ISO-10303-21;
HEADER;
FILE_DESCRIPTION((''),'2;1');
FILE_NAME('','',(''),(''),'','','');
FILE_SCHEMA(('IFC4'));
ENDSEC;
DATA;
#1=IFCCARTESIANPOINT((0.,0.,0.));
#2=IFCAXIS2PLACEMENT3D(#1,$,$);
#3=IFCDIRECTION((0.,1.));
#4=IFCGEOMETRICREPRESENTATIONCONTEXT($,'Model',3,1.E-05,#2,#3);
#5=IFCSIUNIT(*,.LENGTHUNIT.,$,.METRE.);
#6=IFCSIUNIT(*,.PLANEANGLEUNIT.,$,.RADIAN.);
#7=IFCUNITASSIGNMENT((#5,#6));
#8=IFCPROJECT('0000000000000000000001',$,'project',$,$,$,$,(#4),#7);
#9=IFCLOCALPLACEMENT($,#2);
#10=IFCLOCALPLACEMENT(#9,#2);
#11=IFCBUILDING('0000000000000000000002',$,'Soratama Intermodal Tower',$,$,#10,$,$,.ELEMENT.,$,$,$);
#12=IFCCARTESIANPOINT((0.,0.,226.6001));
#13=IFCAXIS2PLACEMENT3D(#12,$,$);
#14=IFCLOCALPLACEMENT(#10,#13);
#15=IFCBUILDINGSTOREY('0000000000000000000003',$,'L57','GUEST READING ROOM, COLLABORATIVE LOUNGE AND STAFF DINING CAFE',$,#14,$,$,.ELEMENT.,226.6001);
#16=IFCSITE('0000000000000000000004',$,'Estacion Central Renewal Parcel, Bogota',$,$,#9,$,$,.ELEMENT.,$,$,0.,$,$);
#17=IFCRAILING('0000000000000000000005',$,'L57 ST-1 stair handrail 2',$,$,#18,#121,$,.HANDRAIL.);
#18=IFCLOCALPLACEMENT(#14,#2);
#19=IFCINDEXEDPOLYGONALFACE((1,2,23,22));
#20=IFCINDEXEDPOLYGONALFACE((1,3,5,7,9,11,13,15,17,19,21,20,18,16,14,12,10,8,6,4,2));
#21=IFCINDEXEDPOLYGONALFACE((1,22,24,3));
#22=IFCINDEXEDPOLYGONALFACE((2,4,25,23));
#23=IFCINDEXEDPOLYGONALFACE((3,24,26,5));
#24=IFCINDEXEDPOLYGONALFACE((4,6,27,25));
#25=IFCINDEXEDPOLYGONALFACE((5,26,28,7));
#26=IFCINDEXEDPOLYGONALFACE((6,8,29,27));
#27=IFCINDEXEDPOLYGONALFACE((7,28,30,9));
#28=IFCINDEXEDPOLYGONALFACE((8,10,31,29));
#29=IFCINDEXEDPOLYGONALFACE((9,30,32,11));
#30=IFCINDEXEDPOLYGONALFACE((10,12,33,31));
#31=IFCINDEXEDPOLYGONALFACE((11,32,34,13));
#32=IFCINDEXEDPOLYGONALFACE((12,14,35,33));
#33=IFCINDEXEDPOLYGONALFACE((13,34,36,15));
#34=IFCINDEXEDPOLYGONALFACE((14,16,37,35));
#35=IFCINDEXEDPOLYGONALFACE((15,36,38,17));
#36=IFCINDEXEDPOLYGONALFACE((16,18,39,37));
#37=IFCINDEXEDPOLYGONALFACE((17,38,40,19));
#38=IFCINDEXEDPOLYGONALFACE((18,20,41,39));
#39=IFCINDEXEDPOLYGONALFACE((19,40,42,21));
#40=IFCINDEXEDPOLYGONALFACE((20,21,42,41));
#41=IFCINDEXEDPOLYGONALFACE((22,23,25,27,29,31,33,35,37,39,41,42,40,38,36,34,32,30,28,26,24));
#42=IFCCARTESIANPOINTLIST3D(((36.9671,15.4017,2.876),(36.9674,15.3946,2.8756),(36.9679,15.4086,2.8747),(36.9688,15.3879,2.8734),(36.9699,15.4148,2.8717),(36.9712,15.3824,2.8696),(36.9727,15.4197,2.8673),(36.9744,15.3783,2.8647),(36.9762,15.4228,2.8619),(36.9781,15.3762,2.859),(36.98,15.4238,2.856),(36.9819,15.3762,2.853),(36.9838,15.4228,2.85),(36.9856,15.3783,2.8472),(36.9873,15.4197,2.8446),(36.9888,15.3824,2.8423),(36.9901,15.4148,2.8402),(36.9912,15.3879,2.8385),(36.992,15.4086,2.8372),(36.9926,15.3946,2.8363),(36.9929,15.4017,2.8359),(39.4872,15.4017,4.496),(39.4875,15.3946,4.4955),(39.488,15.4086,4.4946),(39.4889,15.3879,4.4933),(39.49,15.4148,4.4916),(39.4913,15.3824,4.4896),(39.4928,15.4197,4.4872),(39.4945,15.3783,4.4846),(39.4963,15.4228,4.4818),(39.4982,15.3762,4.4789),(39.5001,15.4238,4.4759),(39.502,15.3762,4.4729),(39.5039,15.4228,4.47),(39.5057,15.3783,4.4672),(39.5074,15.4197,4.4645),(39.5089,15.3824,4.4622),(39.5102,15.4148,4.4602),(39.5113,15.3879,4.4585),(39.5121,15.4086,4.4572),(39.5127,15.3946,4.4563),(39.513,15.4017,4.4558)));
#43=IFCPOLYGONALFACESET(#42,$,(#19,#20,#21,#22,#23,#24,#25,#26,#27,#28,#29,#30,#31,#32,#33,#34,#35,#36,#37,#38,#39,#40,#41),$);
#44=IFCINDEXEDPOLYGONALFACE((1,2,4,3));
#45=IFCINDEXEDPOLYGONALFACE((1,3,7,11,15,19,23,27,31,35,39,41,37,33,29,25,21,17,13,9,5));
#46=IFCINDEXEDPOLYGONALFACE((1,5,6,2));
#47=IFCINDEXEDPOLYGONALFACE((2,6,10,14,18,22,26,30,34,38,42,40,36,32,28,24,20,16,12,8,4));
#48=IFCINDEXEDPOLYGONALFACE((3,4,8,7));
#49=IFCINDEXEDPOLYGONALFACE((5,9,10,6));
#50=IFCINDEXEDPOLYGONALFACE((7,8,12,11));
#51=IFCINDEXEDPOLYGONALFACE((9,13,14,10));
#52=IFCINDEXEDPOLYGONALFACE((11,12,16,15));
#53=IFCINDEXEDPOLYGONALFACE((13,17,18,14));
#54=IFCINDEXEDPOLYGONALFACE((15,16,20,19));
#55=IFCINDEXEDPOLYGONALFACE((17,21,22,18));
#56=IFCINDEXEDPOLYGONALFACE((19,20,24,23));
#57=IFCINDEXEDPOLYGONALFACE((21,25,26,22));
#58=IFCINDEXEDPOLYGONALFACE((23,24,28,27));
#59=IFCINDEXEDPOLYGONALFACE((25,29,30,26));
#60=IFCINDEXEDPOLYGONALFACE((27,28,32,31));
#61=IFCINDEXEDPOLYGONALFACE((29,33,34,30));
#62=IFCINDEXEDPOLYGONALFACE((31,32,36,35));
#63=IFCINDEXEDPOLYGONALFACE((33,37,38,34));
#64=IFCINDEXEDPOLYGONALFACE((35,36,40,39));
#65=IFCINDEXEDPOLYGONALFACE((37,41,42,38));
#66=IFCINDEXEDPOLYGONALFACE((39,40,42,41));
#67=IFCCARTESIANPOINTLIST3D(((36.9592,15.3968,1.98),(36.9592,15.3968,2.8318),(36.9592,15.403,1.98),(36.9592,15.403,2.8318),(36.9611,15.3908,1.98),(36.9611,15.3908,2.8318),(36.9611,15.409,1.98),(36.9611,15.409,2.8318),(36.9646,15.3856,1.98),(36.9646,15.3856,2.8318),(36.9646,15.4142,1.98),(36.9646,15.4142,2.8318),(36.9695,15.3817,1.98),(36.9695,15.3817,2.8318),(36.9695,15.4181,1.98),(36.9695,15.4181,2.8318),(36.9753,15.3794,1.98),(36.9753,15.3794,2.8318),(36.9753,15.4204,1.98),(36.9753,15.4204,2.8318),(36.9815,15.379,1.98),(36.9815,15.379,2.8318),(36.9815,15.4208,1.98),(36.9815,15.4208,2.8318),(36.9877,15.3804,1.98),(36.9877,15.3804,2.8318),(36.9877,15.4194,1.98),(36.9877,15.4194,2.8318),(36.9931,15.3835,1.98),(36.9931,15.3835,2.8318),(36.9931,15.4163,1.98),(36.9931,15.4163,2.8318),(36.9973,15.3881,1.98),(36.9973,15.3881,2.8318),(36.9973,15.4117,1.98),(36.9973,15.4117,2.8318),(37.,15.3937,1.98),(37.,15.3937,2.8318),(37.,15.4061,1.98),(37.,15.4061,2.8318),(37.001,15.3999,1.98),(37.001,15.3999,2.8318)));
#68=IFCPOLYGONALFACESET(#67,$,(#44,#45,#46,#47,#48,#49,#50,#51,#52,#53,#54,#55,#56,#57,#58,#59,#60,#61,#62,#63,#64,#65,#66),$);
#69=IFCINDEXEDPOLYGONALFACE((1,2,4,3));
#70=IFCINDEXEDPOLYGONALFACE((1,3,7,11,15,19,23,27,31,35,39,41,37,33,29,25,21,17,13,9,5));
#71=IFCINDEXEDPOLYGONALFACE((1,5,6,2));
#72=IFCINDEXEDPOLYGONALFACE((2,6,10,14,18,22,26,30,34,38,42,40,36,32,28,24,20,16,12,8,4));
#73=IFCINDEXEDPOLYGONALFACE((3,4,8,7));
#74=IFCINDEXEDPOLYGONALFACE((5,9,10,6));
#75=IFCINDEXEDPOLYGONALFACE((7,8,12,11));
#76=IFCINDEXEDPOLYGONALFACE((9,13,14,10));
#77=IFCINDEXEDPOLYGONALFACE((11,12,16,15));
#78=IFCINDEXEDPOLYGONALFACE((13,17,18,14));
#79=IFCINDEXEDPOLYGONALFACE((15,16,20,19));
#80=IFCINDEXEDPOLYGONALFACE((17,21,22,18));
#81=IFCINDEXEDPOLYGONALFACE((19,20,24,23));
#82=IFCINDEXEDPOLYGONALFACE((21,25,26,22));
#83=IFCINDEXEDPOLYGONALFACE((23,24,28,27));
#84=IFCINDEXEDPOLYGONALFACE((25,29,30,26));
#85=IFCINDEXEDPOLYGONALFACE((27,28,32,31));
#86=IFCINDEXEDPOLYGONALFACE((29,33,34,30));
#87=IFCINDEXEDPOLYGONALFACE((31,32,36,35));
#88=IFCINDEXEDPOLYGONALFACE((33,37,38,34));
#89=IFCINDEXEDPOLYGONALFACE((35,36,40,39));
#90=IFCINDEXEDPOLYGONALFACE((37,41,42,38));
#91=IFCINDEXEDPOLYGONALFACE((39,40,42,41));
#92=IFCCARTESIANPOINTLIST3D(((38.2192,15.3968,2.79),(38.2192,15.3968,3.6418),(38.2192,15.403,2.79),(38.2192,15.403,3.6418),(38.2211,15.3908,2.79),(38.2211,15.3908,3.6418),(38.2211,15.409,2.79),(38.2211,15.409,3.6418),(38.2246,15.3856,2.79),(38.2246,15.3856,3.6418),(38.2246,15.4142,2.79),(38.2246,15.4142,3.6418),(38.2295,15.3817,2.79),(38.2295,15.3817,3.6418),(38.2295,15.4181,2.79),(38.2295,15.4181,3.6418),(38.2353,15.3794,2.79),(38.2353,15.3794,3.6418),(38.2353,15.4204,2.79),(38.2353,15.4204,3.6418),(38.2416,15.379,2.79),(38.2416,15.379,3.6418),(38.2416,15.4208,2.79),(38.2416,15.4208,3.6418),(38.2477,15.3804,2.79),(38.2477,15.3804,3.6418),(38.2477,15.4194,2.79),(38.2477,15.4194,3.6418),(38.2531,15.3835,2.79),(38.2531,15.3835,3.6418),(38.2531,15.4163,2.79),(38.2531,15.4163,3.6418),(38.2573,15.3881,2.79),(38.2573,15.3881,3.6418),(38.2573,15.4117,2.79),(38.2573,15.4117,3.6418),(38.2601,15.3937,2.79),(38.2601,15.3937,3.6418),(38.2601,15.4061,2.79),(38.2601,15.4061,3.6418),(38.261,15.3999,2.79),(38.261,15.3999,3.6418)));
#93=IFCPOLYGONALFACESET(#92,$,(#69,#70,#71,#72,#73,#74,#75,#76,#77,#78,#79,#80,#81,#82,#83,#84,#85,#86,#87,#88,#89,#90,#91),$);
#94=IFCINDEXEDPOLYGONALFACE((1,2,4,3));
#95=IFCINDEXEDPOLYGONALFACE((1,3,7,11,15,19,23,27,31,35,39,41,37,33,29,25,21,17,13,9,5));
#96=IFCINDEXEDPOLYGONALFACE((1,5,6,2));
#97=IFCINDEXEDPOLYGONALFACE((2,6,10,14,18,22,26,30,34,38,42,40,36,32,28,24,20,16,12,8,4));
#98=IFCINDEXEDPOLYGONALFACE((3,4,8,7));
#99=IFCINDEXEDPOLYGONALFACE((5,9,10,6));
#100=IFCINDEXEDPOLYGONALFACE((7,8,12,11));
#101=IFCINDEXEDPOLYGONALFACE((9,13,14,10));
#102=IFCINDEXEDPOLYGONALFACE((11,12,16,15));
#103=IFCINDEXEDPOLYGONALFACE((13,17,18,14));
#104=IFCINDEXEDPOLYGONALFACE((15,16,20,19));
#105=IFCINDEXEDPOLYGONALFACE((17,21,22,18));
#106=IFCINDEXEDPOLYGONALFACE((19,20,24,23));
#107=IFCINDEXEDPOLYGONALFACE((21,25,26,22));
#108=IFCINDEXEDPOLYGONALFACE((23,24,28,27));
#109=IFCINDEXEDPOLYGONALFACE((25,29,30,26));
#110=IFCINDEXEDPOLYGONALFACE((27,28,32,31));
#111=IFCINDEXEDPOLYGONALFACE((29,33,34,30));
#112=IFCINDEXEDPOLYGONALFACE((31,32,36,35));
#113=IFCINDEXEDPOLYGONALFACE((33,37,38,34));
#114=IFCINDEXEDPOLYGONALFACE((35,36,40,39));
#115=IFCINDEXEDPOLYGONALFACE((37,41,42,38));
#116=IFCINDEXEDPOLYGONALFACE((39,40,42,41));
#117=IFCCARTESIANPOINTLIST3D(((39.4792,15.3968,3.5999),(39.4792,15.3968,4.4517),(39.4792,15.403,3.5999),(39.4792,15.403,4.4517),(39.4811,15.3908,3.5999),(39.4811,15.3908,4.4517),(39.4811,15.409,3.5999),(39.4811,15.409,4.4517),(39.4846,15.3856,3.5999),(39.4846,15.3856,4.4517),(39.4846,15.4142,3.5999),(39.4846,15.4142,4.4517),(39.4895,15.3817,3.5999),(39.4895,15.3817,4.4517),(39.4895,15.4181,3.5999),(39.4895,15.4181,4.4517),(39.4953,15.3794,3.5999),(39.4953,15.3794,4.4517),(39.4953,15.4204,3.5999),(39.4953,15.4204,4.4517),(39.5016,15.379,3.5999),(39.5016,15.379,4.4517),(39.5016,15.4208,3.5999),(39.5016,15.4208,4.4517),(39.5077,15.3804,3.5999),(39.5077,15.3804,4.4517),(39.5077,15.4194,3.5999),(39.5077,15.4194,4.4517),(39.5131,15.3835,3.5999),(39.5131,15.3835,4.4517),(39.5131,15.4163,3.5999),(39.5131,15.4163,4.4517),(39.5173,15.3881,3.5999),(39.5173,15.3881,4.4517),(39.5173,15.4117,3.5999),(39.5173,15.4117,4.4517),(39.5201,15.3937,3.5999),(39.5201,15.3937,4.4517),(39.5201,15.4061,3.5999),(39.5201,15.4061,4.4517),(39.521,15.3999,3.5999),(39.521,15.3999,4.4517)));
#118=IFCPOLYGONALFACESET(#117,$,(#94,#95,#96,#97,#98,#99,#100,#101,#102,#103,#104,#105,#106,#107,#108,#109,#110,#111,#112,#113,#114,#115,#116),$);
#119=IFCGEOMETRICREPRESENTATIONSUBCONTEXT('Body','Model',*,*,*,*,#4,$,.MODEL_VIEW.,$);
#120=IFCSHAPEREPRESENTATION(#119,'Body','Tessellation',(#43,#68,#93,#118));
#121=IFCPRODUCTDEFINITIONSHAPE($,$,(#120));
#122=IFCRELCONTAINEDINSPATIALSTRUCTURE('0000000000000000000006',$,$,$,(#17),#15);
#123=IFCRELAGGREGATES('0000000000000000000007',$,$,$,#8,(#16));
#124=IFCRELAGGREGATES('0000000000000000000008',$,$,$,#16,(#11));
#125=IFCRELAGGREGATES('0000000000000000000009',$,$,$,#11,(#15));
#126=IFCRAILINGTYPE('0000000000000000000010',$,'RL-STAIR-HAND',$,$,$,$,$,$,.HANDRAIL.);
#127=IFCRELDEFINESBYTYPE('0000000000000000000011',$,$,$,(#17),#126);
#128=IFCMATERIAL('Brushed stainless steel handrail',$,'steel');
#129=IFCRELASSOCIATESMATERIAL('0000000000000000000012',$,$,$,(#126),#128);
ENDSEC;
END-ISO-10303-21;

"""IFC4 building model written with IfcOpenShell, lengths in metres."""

from ifc_helpers import new_model, si_unit, direction, frame, origin, origin_2d, place, context, subcontext, project, spatial, circle, extrude, material, type_object, element, save


model = new_model("IFC4")

# Units and contexts
model_context = context("Model", 3, precision=1e-05, world=origin(), true_north=direction((0.0, 1.0)))
body_context = subcontext(model_context, "Body", "Model", "MODEL_VIEW")
ifc_project = project(units=[si_unit("LENGTHUNIT", "METRE"), si_unit("PLANEANGLEUNIT", "RADIAN")], contexts=[model_context])

# Site, building, storey
site_placement = place(None, origin())
site = spatial("IfcSite", under=ifc_project, at=site_placement, Name="Estacion Central Renewal Parcel, Bogota", CompositionType="ELEMENT", RefElevation=0.0)
building_placement = place(site_placement, origin())
building = spatial("IfcBuilding", under=site, at=building_placement, Name="Soratama Intermodal Tower", CompositionType="ELEMENT")
storey_placement = place(building_placement, frame((0.0, 0.0, 226.6001)))
storey = spatial("IfcBuildingStorey", under=building, at=storey_placement, Name="L57", Description="GUEST READING ROOM, COLLABORATIVE LOUNGE AND STAFF DINING CAFE", CompositionType="ELEMENT", Elevation=226.6001)

# Railing
ifc_material_1 = material(Name="Brushed stainless steel handrail", Category="steel")
railing_type_1 = type_object("IfcRailingType", Name="RL-STAIR-HAND", PredefinedType="HANDRAIL", material=ifc_material_1)
railing_1_placement = place(storey_placement, frame((36.98, 15.3999, 1.98)))
element("IfcRailing", 1, at=railing_1_placement, inside=storey, type_object=railing_type_1, Name="L57 ST-1 stair handrail 2", PredefinedType="HANDRAIL", context=body_context, shape_type="SweptSolid", body=[
    extrude(circle(Radius=0.0239, at=origin_2d()), frame((0.0, 0.0, 0.876), z_axis=(0.8412, 0.0, 0.540725), x_axis=(0.0, 1.0, 0.0)), (0.0, 0.0, 1.0), 2.9958),
    extrude(circle(Radius=0.021, at=origin_2d()), origin(), (0.0, 0.0, 1.0), 0.8518),
    extrude(circle(Radius=0.021, at=origin_2d()), frame((1.26, 0.0, 0.8101)), (0.0, 0.0, 1.0), 0.8518),
    extrude(circle(Radius=0.021, at=origin_2d()), frame((2.52, 0.0, 1.6199)), (0.0, 0.0, 1.0), 0.8518),
])

save(model, "model.ifc")
